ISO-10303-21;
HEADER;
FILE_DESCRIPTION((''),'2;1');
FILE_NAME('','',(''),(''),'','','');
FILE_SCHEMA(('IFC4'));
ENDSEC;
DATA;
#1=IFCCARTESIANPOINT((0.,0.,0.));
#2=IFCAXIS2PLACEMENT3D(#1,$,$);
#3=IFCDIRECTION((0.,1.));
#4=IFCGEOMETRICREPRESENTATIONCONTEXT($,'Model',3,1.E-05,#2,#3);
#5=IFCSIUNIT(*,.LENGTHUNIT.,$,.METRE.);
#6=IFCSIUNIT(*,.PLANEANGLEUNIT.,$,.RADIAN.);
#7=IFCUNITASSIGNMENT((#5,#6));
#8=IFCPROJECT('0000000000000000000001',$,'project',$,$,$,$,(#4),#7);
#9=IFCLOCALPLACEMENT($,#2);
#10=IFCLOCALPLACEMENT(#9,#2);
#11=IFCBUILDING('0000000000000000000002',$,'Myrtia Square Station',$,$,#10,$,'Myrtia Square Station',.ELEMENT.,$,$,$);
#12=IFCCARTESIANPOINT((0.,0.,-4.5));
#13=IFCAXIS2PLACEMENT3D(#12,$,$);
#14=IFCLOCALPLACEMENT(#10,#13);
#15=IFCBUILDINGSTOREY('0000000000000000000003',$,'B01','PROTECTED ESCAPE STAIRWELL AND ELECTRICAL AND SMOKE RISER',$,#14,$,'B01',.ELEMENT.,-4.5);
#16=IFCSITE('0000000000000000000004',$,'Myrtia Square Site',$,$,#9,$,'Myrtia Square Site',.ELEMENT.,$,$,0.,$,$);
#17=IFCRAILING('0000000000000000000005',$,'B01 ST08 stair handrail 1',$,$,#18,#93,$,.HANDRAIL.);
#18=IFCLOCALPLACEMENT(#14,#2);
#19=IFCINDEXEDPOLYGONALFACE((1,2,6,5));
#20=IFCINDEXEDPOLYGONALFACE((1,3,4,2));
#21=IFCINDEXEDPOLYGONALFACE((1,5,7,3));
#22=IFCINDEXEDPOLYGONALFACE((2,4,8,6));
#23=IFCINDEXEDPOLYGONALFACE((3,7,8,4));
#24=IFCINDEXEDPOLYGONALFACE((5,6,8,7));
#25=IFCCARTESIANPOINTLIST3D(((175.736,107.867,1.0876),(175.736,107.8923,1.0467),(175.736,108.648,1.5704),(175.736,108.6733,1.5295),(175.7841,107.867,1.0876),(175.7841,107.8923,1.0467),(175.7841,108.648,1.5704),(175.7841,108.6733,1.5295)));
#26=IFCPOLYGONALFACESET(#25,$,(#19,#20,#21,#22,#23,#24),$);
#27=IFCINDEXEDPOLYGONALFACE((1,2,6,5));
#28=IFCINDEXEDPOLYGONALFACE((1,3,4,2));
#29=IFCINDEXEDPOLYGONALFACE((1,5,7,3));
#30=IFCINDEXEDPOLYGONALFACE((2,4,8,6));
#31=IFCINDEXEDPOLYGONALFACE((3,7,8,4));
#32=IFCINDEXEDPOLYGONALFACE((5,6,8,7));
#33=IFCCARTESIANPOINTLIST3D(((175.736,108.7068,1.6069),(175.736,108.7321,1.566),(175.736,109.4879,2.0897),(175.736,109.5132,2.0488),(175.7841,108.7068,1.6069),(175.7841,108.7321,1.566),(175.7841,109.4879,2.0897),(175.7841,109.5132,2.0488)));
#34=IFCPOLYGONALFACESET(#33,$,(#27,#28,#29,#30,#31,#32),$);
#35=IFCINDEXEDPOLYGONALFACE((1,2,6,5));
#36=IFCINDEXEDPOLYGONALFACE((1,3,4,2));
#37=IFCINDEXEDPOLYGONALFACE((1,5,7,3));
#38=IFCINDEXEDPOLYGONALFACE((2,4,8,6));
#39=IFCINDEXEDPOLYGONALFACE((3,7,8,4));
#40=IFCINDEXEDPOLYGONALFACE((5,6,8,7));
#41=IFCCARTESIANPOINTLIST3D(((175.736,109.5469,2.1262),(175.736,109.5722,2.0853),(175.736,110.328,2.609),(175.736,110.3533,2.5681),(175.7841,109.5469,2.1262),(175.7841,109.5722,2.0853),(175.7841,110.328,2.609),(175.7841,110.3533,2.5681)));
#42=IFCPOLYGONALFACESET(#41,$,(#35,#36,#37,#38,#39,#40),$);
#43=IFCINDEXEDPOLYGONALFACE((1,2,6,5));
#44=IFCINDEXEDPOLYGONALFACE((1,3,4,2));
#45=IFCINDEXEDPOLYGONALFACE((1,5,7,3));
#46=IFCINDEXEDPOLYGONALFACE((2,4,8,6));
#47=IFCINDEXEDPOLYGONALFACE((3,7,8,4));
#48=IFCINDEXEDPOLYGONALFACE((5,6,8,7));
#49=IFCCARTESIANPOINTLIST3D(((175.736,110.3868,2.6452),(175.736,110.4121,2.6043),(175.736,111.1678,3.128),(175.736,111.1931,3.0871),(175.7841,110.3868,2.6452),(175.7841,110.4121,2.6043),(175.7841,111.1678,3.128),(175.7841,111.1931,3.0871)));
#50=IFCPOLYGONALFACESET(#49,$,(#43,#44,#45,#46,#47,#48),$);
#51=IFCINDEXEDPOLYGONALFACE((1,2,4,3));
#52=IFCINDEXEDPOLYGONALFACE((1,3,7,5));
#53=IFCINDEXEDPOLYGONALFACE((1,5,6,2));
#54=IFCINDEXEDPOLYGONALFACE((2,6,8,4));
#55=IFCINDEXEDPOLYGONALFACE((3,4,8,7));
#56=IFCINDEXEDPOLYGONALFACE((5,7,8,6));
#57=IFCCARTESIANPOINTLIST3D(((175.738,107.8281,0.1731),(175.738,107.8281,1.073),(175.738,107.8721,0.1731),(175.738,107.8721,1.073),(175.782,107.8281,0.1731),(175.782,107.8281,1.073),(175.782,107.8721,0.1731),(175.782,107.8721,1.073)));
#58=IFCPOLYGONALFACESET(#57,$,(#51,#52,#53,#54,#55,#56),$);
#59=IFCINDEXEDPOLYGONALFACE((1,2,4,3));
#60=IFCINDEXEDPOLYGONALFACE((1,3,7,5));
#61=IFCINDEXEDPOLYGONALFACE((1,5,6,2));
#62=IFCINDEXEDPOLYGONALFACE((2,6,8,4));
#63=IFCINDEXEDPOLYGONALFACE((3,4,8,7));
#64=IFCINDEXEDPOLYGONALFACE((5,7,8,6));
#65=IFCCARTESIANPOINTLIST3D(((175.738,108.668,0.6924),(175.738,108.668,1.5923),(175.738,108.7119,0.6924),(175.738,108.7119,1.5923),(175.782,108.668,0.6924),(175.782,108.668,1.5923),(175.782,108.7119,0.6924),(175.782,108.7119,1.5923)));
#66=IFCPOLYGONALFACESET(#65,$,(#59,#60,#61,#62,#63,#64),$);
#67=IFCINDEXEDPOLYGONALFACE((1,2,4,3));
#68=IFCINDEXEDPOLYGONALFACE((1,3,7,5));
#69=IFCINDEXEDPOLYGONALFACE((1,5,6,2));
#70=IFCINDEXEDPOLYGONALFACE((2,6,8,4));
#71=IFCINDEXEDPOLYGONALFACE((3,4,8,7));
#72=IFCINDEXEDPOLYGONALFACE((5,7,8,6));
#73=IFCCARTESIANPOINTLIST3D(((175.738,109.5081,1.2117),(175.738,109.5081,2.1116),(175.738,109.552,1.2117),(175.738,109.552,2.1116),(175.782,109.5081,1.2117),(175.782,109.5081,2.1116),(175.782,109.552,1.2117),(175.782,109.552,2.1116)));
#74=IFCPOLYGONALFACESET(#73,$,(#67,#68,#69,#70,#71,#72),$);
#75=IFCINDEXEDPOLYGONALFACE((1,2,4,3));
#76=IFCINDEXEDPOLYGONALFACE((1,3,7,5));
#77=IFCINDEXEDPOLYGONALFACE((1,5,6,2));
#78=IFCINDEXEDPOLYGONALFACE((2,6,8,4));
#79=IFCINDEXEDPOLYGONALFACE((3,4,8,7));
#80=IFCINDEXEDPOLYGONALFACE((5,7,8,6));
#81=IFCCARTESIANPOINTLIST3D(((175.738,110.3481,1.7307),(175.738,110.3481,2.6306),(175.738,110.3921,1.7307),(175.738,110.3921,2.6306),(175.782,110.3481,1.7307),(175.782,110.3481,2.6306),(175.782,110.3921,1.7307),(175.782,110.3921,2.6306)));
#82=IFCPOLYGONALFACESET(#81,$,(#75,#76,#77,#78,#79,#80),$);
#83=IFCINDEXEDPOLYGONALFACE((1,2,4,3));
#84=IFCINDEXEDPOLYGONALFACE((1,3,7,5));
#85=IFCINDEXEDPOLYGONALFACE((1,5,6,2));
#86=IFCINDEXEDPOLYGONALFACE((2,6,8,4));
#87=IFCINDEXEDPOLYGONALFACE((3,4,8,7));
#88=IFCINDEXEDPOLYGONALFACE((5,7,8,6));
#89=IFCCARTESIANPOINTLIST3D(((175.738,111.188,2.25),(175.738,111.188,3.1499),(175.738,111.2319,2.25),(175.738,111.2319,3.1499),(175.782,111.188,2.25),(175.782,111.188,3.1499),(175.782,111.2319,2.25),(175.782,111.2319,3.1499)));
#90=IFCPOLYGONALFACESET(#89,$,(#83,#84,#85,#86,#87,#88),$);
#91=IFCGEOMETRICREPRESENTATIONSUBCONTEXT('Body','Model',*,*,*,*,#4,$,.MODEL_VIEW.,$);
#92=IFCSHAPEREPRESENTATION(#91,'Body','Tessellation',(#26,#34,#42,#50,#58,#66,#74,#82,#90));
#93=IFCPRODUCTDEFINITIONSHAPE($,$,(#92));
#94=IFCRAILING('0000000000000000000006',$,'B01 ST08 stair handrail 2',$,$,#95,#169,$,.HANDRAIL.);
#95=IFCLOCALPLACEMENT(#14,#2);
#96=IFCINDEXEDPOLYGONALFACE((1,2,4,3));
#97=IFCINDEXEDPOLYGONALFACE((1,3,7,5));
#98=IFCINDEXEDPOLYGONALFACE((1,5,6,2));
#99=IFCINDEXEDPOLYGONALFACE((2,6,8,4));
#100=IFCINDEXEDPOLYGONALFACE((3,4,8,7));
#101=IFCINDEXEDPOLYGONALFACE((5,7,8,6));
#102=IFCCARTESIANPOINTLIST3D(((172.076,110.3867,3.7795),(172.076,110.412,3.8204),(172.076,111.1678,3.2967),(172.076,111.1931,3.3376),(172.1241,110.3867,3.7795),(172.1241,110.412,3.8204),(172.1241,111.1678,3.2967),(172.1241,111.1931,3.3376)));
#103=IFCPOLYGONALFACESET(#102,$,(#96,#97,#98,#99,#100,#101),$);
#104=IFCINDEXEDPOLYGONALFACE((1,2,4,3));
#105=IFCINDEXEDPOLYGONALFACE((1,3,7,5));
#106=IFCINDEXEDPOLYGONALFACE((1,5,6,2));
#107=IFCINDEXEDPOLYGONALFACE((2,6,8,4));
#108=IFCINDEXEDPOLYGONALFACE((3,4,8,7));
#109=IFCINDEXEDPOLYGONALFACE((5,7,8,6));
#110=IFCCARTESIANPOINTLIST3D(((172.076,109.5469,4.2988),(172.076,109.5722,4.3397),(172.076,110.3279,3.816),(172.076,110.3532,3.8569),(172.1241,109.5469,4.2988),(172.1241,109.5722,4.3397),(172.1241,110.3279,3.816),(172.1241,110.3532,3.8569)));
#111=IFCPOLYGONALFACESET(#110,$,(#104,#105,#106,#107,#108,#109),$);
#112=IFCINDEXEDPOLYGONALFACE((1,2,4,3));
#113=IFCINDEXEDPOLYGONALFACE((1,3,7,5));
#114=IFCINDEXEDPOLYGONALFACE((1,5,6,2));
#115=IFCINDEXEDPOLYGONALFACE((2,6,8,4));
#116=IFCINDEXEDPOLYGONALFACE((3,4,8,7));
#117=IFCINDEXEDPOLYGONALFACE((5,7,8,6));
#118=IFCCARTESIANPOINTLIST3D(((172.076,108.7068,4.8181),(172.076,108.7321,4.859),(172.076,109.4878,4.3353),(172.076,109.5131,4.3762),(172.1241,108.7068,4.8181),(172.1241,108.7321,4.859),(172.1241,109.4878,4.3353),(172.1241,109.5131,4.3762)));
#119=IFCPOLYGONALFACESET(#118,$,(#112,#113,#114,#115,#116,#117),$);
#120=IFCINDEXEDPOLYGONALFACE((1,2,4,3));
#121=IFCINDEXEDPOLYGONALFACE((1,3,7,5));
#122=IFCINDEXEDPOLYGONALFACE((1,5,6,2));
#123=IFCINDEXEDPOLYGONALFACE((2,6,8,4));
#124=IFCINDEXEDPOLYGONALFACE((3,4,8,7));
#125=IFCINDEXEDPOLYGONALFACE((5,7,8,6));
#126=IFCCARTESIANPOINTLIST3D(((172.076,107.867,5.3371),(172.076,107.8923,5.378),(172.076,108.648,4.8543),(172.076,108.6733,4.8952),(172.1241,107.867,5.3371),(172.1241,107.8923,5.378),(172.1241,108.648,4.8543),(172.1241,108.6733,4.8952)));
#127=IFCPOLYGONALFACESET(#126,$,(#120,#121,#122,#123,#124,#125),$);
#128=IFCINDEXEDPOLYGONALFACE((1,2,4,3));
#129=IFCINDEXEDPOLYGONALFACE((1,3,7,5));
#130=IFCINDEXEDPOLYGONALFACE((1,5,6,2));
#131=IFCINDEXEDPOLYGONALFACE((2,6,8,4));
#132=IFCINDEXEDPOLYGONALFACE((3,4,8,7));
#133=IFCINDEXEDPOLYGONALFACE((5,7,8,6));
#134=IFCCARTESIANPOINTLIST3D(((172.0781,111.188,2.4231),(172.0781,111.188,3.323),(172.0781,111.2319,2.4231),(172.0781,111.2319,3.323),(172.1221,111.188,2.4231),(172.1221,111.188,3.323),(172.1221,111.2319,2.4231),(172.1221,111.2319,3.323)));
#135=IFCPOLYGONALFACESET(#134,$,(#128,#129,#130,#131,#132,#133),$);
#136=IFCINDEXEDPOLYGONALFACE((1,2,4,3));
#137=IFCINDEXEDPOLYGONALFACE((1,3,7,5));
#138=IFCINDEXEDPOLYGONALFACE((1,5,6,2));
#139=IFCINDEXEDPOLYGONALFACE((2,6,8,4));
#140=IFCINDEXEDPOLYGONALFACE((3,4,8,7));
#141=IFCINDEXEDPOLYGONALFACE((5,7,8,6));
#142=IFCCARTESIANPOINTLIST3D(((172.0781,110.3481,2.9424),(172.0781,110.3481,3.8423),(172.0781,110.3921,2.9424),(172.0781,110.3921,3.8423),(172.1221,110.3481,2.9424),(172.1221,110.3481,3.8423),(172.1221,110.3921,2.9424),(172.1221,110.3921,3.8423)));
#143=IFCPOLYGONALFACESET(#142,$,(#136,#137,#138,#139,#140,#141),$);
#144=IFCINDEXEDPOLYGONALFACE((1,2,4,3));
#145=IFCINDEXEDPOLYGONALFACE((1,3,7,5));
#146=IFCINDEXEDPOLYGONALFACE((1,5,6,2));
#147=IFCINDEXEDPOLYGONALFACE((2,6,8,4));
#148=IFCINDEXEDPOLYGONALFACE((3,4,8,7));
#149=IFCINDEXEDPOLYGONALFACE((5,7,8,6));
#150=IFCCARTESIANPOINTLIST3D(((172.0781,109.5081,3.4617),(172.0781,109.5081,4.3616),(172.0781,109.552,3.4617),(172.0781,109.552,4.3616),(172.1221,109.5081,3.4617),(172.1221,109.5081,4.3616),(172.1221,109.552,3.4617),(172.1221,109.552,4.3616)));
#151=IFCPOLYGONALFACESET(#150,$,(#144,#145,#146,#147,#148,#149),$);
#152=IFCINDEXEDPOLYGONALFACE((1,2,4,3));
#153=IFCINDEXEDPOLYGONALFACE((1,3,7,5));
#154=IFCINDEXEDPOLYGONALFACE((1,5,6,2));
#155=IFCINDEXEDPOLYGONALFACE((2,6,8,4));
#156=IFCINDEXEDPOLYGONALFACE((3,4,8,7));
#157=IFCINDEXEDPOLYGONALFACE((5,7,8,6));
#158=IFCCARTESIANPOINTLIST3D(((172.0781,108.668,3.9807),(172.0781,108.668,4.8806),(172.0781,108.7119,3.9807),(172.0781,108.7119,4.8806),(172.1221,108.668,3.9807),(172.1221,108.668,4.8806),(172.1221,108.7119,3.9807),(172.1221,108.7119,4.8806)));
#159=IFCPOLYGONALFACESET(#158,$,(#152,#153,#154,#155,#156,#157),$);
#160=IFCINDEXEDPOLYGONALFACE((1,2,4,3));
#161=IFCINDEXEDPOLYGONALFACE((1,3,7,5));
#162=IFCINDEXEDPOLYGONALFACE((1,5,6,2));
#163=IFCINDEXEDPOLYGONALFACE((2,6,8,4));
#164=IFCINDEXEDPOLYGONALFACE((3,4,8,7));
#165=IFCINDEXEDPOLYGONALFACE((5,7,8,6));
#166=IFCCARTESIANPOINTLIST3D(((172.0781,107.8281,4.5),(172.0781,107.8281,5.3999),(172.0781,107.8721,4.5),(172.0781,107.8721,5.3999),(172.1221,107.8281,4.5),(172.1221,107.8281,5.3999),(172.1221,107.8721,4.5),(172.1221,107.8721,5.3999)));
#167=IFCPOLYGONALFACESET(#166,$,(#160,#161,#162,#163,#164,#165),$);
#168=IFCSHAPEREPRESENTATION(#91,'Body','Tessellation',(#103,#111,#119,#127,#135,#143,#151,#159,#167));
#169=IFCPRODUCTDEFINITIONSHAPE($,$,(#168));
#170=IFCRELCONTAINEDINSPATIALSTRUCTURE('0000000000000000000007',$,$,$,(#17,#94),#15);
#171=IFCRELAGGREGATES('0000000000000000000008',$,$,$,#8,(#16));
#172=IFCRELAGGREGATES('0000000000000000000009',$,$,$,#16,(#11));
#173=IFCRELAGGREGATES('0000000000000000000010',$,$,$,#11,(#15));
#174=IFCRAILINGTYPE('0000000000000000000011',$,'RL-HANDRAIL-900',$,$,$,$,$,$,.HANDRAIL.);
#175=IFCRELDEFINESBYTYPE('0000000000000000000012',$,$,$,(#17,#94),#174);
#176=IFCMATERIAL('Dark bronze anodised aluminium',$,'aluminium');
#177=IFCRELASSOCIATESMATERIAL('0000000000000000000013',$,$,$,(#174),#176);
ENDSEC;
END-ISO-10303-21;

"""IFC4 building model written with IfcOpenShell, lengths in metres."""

from ifc_helpers import new_model, si_unit, direction, frame, origin, origin_2d, place, context, subcontext, project, spatial, rectangle, extrude, material, type_object, element, save


model = new_model("IFC4")

# Units and contexts
model_context = context("Model", 3, precision=1e-05, world=origin(), true_north=direction((0.0, 1.0)))
body_context = subcontext(model_context, "Body", "Model", "MODEL_VIEW")
ifc_project = project(units=[si_unit("LENGTHUNIT", "METRE"), si_unit("PLANEANGLEUNIT", "RADIAN")], contexts=[model_context])

# Site, building, storey
site_placement = place(None, origin())
site = spatial("IfcSite", under=ifc_project, at=site_placement, Name="Myrtia Square Site", LongName="Myrtia Square Site", CompositionType="ELEMENT", RefElevation=0.0)
building_placement = place(site_placement, origin())
building = spatial("IfcBuilding", under=site, at=building_placement, Name="Myrtia Square Station", LongName="Myrtia Square Station", CompositionType="ELEMENT")
storey_placement = place(building_placement, frame((0.0, 0.0, -4.5)))
storey = spatial("IfcBuildingStorey", under=building, at=storey_placement, Name="B01", Description="PROTECTED ESCAPE STAIRWELL AND ELECTRICAL AND SMOKE RISER", LongName="B01", CompositionType="ELEMENT", Elevation=-4.5)

# Shared definitions
ifc_material_1 = material(Name="Dark bronze anodised aluminium", Category="aluminium")

# Railings
railing_type_1 = type_object("IfcRailingType", Name="RL-HANDRAIL-900", PredefinedType="HANDRAIL", material=ifc_material_1)
railing_1_placement = place(storey_placement, frame((175.76, 107.8501, 0.1731)))
element("IfcRailing", 1, at=railing_1_placement, inside=storey, type_object=railing_type_1, Name="B01 ST08 stair handrail 1", PredefinedType="HANDRAIL", context=body_context, shape_type="SweptSolid", body=[
    extrude(rectangle(XDim=0.0481, YDim=0.0481, at=origin_2d()), frame((0.0, 0.0295, 0.894), z_axis=(0.0, 0.850606, 0.525803), x_axis=(-1.0, 0.0, 0.0)), (0.0, 0.0, 1.0), 0.9182),
    extrude(rectangle(XDim=0.0481, YDim=0.0481, at=origin_2d()), frame((0.0, 0.8694, 1.4133), z_axis=(0.0, 0.850606, 0.525803), x_axis=(-1.0, 0.0, 0.0)), (0.0, 0.0, 1.0), 0.9182),
    extrude(rectangle(XDim=0.0481, YDim=0.0481, at=origin_2d()), frame((0.0, 1.7095, 1.9326), z_axis=(0.0, 0.850606, 0.525803), x_axis=(-1.0, 0.0, 0.0)), (0.0, 0.0, 1.0), 0.9182),
    extrude(rectangle(XDim=0.0481, YDim=0.0481, at=origin_2d()), frame((0.0, 2.5493, 2.4517), z_axis=(0.0, 0.850606, 0.525803), x_axis=(-1.0, 0.0, 0.0)), (0.0, 0.0, 1.0), 0.9182),
    extrude(rectangle(XDim=0.0439, YDim=0.0439, at=origin_2d()), origin(), (0.0, 0.0, 1.0), 0.8999),
    extrude(rectangle(XDim=0.0439, YDim=0.0439, at=origin_2d()), frame((0.0, 0.8398, 0.5193)), (0.0, 0.0, 1.0), 0.8999),
    extrude(rectangle(XDim=0.0439, YDim=0.0439, at=origin_2d()), frame((0.0, 1.6799, 1.0386)), (0.0, 0.0, 1.0), 0.8999),
    extrude(rectangle(XDim=0.0439, YDim=0.0439, at=origin_2d()), frame((0.0, 2.52, 1.5576)), (0.0, 0.0, 1.0), 0.8999),
    extrude(rectangle(XDim=0.0439, YDim=0.0439, at=origin_2d()), frame((0.0, 3.3599, 2.0769)), (0.0, 0.0, 1.0), 0.8999),
])
railing_2_placement = place(storey_placement, frame((172.1001, 111.21, 2.4231)))
element("IfcRailing", 2, at=railing_2_placement, inside=storey, type_object=railing_type_1, Name="B01 ST08 stair handrail 2", PredefinedType="HANDRAIL", context=body_context, shape_type="SweptSolid", body=[
    extrude(rectangle(XDim=0.0481, YDim=0.0481, at=origin_2d()), frame((0.0, -0.0295, 0.894), z_axis=(0.0, -0.850606, 0.525803), x_axis=(1.0, 0.0, 0.0)), (0.0, 0.0, 1.0), 0.9182),
    extrude(rectangle(XDim=0.0481, YDim=0.0481, at=origin_2d()), frame((0.0, -0.8694, 1.4133), z_axis=(0.0, -0.850606, 0.525803), x_axis=(1.0, 0.0, 0.0)), (0.0, 0.0, 1.0), 0.9182),
    extrude(rectangle(XDim=0.0481, YDim=0.0481, at=origin_2d()), frame((0.0, -1.7095, 1.9326), z_axis=(0.0, -0.850606, 0.525803), x_axis=(1.0, 0.0, 0.0)), (0.0, 0.0, 1.0), 0.9182),
    extrude(rectangle(XDim=0.0481, YDim=0.0481, at=origin_2d()), frame((0.0, -2.5493, 2.4517), z_axis=(0.0, -0.850606, 0.525803), x_axis=(1.0, 0.0, 0.0)), (0.0, 0.0, 1.0), 0.9182),
    extrude(rectangle(XDim=0.0439, YDim=0.0439, at=origin_2d()), origin(), (0.0, 0.0, 1.0), 0.8999),
    extrude(rectangle(XDim=0.0439, YDim=0.0439, at=origin_2d()), frame((0.0, -0.8398, 0.5193)), (0.0, 0.0, 1.0), 0.8999),
    extrude(rectangle(XDim=0.0439, YDim=0.0439, at=origin_2d()), frame((0.0, -1.6799, 1.0386)), (0.0, 0.0, 1.0), 0.8999),
    extrude(rectangle(XDim=0.0439, YDim=0.0439, at=origin_2d()), frame((0.0, -2.52, 1.5576)), (0.0, 0.0, 1.0), 0.8999),
    extrude(rectangle(XDim=0.0439, YDim=0.0439, at=origin_2d()), frame((0.0, -3.3599, 2.0769)), (0.0, 0.0, 1.0), 0.8999),
])

save(model, "model.ifc")
